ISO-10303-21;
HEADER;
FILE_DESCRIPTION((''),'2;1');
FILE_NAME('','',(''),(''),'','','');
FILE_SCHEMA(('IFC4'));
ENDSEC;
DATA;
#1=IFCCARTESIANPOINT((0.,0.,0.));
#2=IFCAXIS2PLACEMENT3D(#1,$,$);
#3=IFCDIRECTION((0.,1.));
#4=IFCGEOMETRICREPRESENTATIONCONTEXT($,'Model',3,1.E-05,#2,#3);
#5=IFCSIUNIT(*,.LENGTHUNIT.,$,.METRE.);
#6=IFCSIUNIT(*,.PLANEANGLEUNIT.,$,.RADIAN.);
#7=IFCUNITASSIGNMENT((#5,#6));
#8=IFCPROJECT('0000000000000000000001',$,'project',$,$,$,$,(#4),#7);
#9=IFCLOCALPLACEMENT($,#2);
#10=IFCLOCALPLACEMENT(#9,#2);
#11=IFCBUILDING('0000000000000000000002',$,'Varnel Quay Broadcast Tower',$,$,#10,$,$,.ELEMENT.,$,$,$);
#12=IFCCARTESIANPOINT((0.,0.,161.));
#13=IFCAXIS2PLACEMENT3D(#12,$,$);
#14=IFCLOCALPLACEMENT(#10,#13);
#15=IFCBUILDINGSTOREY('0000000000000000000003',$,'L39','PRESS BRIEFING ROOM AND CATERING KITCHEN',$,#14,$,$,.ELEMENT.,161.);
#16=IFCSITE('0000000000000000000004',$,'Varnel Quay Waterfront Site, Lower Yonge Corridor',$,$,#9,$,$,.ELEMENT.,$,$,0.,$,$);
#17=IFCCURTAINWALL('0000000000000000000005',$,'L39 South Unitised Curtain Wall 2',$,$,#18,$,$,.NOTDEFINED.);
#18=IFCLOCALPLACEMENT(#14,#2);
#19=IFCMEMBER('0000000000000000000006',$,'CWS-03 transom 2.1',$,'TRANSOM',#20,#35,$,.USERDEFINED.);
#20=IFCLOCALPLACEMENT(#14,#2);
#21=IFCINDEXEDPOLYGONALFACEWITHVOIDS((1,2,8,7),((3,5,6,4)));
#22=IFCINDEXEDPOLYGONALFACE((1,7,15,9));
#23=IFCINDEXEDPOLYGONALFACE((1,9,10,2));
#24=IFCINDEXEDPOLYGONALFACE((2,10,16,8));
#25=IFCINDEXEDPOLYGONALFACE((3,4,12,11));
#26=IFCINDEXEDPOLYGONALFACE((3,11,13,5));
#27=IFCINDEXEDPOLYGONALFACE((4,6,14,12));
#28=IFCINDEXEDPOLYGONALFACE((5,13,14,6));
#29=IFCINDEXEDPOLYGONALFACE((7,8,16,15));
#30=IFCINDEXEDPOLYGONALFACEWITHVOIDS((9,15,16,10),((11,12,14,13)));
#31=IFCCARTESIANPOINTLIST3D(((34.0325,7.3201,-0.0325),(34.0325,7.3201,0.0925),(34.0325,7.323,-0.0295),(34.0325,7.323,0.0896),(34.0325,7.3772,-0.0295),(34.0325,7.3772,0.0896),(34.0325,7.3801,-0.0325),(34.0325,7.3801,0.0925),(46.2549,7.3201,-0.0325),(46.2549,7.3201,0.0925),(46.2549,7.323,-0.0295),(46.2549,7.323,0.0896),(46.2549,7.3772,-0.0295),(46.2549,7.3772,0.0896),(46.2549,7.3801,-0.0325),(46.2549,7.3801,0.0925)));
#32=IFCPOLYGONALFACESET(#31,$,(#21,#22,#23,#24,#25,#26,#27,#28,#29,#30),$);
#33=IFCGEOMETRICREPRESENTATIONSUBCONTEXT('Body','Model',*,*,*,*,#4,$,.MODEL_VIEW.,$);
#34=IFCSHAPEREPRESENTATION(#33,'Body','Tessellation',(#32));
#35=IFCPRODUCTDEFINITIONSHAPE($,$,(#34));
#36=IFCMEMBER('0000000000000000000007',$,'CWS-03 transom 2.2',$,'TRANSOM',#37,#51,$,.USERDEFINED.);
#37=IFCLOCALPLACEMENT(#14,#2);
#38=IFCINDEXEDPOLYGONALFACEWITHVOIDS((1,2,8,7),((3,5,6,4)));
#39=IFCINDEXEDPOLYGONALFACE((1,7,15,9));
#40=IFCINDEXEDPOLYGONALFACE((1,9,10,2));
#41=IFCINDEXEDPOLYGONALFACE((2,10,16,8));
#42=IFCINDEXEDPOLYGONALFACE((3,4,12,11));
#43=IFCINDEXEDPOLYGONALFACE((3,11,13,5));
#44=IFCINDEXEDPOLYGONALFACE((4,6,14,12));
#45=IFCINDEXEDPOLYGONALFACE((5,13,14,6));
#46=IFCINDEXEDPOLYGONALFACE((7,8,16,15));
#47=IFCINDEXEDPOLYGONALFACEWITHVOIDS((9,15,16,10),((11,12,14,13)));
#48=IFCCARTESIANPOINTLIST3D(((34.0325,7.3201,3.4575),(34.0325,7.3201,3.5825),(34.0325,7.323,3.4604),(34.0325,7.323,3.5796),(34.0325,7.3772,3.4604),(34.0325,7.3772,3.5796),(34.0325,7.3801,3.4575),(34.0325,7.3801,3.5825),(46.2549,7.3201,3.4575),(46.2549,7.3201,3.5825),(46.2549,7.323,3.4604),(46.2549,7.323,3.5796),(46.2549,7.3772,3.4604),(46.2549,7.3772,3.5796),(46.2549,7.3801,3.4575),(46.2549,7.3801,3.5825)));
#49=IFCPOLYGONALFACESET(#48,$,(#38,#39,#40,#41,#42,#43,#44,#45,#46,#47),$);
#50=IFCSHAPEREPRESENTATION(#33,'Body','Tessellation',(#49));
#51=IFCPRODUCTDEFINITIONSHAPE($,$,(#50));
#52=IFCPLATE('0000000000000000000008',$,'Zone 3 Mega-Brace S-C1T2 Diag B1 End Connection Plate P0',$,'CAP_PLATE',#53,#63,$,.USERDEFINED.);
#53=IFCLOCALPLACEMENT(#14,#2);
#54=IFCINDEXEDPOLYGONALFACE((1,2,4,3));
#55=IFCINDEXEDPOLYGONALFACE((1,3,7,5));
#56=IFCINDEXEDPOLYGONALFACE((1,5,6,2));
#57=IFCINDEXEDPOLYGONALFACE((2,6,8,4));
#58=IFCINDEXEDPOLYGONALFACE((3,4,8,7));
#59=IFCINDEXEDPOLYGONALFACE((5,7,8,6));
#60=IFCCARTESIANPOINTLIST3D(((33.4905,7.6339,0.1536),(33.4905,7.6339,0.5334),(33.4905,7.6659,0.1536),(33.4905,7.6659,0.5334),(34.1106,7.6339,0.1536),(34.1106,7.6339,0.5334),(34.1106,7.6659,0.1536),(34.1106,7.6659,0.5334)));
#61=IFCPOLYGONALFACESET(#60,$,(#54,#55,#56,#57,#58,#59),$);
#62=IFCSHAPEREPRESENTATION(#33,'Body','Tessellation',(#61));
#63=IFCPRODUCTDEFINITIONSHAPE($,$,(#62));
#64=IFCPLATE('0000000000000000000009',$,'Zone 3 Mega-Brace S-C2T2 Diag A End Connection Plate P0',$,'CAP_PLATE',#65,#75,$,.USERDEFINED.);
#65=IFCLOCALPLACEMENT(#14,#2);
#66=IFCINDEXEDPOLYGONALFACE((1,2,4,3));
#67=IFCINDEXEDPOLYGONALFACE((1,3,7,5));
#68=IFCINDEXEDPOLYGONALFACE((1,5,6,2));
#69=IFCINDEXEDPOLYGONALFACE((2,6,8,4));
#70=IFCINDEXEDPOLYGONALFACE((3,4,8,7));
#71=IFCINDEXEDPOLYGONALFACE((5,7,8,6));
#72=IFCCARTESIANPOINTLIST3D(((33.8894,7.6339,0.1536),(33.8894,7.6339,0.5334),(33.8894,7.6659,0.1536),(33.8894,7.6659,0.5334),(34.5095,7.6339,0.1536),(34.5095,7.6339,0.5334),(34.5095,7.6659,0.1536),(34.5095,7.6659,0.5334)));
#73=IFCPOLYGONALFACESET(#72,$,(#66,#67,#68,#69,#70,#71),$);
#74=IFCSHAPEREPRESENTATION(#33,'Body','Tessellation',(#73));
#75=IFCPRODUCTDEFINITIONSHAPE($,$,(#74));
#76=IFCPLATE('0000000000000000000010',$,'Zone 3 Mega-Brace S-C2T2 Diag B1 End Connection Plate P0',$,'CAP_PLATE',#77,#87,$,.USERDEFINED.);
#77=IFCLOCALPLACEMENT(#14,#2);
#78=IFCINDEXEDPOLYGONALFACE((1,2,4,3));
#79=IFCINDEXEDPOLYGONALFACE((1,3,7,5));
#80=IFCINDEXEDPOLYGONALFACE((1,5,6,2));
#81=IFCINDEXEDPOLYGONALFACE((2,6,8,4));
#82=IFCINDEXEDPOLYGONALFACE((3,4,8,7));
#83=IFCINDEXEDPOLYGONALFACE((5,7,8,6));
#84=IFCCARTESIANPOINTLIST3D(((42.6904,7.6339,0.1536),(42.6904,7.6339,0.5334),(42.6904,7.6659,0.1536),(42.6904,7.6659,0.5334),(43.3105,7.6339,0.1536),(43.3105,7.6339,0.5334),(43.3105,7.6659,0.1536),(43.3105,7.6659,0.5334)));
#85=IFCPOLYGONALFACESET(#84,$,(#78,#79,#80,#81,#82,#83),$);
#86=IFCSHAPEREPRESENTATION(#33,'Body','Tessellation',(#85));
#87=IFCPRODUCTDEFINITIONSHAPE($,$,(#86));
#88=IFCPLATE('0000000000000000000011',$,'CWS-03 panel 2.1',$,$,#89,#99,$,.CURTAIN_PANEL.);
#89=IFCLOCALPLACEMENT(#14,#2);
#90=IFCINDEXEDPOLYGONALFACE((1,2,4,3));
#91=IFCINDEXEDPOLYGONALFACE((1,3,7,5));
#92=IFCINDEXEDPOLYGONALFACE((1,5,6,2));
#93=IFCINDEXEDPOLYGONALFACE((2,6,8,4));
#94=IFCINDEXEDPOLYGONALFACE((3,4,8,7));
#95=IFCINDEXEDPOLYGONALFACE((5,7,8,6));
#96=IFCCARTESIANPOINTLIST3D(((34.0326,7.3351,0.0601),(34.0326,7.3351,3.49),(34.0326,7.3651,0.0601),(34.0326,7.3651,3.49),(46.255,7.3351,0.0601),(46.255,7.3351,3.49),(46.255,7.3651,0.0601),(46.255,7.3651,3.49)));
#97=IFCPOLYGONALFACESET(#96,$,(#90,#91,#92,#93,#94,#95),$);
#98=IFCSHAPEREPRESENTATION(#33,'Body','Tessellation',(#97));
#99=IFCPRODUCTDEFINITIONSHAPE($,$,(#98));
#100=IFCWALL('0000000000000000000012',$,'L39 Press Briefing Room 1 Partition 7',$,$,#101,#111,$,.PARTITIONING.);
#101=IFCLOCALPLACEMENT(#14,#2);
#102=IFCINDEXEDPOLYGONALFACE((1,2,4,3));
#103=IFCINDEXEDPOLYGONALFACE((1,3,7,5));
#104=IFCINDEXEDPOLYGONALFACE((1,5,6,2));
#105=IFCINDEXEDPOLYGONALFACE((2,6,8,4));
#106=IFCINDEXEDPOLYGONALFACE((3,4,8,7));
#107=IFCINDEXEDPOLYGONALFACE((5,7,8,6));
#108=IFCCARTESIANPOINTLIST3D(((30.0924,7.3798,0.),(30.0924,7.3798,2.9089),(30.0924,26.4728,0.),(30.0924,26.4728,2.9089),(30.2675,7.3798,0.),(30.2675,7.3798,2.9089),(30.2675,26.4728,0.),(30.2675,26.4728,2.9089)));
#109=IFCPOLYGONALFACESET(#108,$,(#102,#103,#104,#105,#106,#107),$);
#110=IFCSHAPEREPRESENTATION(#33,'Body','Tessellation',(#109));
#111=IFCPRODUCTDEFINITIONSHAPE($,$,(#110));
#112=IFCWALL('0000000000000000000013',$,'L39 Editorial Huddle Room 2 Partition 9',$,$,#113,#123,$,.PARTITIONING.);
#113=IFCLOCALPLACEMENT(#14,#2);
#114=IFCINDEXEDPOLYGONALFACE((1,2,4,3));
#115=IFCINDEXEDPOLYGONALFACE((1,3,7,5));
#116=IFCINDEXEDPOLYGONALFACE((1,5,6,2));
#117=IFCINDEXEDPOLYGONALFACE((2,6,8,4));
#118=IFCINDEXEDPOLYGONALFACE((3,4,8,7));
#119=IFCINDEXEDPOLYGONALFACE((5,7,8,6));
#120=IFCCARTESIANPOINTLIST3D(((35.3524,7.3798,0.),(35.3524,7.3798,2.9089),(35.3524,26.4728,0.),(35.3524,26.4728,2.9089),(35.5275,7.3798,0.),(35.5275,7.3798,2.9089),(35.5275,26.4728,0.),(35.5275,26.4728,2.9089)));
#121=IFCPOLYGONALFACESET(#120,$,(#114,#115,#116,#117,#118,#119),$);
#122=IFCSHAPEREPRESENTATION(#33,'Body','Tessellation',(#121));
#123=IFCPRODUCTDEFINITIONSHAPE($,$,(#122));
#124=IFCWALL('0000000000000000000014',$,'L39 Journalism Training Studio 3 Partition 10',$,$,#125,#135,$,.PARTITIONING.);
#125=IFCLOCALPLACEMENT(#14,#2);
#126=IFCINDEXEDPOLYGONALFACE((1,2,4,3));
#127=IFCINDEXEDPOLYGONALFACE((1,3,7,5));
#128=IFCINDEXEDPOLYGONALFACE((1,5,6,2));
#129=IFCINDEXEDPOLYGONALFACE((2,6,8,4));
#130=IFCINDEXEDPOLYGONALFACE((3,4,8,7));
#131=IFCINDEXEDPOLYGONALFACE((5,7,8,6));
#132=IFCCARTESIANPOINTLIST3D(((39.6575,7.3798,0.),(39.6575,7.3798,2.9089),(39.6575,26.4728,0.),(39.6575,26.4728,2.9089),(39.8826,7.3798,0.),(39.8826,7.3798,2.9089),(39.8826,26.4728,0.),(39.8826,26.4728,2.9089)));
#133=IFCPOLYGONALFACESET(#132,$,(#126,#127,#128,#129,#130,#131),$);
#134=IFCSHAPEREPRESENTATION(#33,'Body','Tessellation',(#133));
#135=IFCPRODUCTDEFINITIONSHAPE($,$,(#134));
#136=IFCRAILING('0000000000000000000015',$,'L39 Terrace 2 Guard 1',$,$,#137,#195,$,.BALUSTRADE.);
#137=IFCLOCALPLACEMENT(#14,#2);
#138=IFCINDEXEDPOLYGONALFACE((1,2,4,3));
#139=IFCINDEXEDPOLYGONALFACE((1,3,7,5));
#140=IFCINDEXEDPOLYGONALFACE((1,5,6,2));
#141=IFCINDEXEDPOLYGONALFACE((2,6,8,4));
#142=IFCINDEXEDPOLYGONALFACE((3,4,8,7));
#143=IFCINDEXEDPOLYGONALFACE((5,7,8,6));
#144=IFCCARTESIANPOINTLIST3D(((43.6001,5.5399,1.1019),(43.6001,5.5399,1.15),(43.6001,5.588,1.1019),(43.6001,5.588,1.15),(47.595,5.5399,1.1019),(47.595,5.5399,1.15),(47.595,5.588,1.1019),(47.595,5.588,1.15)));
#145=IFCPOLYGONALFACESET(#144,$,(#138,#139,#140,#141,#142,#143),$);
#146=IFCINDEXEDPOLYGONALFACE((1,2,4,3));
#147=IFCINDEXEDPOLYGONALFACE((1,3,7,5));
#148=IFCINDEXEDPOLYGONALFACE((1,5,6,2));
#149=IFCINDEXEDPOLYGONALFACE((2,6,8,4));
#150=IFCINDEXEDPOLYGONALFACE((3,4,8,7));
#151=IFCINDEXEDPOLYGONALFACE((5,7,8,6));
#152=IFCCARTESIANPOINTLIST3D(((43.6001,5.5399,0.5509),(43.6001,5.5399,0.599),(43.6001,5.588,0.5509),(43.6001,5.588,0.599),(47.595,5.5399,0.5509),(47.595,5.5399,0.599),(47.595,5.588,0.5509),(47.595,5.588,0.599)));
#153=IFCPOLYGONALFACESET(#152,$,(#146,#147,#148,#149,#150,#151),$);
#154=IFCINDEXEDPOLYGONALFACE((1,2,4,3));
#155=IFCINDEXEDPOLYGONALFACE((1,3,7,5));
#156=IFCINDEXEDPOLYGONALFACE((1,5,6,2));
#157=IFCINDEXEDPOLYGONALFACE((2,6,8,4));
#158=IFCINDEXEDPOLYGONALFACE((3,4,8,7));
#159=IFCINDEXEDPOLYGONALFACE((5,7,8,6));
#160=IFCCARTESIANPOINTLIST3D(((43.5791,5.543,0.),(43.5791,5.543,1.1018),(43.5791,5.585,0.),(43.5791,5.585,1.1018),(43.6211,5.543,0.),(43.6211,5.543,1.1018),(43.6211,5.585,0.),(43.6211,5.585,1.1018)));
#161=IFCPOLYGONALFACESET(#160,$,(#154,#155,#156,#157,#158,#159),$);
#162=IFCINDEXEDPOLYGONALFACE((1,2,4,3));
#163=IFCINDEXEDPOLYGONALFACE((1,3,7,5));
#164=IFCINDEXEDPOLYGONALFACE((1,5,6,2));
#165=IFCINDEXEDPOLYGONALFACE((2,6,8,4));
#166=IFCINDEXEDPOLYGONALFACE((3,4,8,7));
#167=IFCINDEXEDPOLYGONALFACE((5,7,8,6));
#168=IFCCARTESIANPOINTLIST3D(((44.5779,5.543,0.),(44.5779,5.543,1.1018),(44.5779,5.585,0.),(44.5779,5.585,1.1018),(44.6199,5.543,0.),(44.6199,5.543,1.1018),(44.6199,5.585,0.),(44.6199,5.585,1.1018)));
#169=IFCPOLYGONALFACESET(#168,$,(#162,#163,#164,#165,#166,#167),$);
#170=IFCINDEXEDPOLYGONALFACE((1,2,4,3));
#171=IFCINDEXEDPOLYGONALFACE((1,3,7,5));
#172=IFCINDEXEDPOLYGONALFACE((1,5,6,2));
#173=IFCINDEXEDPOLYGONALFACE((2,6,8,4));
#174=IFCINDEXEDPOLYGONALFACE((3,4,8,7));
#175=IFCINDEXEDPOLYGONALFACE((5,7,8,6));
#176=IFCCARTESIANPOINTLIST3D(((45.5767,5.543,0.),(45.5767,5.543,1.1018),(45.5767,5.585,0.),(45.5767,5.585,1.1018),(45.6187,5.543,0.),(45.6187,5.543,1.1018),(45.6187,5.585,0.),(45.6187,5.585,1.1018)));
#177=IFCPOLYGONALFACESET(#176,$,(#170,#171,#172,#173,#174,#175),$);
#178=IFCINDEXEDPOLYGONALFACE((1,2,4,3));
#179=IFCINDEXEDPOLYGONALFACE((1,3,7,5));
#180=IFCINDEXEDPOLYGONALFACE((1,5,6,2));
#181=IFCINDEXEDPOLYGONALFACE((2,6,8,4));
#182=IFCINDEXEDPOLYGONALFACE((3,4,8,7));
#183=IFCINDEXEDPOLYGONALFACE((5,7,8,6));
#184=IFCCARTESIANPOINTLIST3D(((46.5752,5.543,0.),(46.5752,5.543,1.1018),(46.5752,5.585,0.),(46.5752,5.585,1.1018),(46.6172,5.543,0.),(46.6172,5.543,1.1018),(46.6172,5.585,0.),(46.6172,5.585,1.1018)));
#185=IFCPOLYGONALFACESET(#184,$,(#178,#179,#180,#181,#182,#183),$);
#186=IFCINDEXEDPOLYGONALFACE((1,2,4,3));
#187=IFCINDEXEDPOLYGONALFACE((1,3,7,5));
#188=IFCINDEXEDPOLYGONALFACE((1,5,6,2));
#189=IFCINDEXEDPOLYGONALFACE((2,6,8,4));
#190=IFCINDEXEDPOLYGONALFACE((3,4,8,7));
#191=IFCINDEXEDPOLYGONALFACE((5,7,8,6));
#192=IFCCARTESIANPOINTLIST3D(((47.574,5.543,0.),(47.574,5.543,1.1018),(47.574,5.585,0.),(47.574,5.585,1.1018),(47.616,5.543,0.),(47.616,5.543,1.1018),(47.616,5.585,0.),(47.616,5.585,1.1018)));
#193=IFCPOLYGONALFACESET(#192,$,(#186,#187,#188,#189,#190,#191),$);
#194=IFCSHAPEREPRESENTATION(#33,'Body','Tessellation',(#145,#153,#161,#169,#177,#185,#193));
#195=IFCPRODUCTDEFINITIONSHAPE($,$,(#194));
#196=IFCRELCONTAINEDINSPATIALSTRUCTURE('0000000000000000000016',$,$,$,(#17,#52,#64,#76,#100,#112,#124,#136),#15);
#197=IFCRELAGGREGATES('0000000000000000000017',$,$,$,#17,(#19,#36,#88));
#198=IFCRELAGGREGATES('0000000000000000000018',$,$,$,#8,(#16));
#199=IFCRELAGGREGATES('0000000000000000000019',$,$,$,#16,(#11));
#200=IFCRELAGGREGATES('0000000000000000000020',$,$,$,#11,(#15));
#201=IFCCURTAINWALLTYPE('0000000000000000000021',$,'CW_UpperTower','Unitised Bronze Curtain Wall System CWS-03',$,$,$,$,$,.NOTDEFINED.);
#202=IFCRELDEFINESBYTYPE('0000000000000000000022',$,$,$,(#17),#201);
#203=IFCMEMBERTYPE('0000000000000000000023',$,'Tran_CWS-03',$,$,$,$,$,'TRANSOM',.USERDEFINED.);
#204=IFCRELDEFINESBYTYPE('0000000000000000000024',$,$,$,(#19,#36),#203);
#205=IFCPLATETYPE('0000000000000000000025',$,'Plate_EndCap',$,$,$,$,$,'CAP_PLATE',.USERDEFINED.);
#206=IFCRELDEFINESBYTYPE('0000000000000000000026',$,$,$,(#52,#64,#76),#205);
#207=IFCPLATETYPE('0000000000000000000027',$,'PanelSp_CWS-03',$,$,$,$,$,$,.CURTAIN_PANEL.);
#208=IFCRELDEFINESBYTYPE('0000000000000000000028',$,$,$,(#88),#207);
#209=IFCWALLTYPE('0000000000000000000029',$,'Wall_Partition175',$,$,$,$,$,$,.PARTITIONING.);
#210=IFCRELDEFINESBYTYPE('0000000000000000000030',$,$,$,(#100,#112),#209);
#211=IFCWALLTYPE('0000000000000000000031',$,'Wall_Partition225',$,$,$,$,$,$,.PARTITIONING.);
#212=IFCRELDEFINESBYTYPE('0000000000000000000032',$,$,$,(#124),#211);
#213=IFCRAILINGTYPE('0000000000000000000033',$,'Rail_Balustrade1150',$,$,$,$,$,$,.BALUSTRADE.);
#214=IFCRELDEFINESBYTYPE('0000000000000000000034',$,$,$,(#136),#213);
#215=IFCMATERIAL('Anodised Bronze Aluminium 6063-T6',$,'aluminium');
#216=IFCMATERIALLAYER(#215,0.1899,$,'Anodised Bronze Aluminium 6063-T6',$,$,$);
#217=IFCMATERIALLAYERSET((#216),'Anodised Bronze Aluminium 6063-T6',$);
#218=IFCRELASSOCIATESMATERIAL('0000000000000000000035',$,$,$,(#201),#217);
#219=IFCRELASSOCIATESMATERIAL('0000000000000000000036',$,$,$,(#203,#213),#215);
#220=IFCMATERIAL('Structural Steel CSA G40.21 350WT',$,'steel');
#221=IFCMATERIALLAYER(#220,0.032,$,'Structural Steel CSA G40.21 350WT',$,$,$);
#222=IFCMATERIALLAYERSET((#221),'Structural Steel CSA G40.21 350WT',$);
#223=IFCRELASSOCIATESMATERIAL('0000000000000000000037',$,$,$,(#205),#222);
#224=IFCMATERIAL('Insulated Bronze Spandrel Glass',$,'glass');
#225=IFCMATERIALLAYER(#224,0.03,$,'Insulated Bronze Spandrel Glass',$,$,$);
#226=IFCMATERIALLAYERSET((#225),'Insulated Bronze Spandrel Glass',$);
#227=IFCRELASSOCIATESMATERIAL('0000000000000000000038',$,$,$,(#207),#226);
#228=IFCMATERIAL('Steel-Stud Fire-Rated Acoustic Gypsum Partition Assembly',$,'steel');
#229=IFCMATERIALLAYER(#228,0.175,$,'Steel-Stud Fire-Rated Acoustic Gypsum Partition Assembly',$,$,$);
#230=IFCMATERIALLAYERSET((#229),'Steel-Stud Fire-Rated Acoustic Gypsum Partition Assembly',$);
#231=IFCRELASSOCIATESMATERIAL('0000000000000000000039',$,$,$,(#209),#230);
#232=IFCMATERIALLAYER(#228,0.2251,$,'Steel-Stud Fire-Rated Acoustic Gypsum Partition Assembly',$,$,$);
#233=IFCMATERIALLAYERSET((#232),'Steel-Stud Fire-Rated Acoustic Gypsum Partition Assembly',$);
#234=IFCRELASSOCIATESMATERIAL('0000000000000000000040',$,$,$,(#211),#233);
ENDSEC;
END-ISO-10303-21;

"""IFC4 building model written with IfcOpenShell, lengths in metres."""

from ifc_helpers import new_model, si_unit, direction, frame, frame_2d, origin, origin_2d, place, context, subcontext, project, spatial, rectangle, hollow_rectangle, extrude, source, transform, mapped, material, layer, layer_set, material_profile, profile_set, type_object, type_shapes, element, aggregate, save


model = new_model("IFC4")

# Units and contexts
model_context = context("Model", 3, precision=1e-05, world=origin(), true_north=direction((0.0, 1.0)))
body_context = subcontext(model_context, "Body", "Model", "MODEL_VIEW")
ifc_project = project(units=[si_unit("LENGTHUNIT", "METRE"), si_unit("PLANEANGLEUNIT", "RADIAN")], contexts=[model_context])

# Site, building, storey
site_placement = place(None, origin())
site = spatial("IfcSite", under=ifc_project, at=site_placement, Name="Varnel Quay Waterfront Site, Lower Yonge Corridor", CompositionType="ELEMENT", RefElevation=0.0)
building_placement = place(site_placement, origin())
building = spatial("IfcBuilding", under=site, at=building_placement, Name="Varnel Quay Broadcast Tower", CompositionType="ELEMENT")
storey_placement = place(building_placement, frame((0.0, 0.0, 161.0)))
storey = spatial("IfcBuildingStorey", under=building, at=storey_placement, Name="L39", Description="PRESS BRIEFING ROOM AND CATERING KITCHEN", CompositionType="ELEMENT", Elevation=161.0)

# Shared definitions
ifc_material_1 = material(Name="Structural Steel CSA G40.21 350WT", Category="steel")

# Curtain wall, members
ifc_material_2 = material(Name="Anodised Bronze Aluminium 6063-T6", Category="aluminium")
ifc_layer_1 = layer(ifc_material_2, 0.1899, Name="Anodised Bronze Aluminium 6063-T6")
ifc_layer_set_1 = layer_set([ifc_layer_1], Name="Anodised Bronze Aluminium 6063-T6")
curtain_wall_type = type_object("IfcCurtainWallType", Name="CW_UpperTower", Description="Unitised Bronze Curtain Wall System CWS-03", PredefinedType="NOTDEFINED", material=ifc_layer_set_1)
curtain_wall_placement = place(storey_placement, origin())
curtain_wall = element("IfcCurtainWall", 1, at=curtain_wall_placement, inside=storey, type_object=curtain_wall_type, Name="L39 South Unitised Curtain Wall 2", PredefinedType="NOTDEFINED")
ifc_material_profile_1 = material_profile(ifc_material_2, hollow_rectangle(XDim=0.0601, YDim=0.125, WallThickness=0.0029, at=origin_2d()), Name="ALU60X125X3")
ifc_profile_set_1 = profile_set([ifc_material_profile_1], Name="Anodised Bronze Aluminium 6063-T6")
member_type_1 = type_object("IfcMemberType", Name="Tran_CWS-03", ElementType="TRANSOM", PredefinedType="USERDEFINED", material=ifc_profile_set_1)
shared_shape_1 = source(origin(), body_context, "Body", "SweptSolid", [
    extrude(hollow_rectangle(XDim=0.0601, YDim=0.125, WallThickness=0.0029, at=origin_2d()), origin(), (0.0, 0.0, 1.0), 12.2224),
])
type_shapes(member_type_1, [shared_shape_1])
member_1_placement = place(storey_placement, frame((34.0325, 7.3501, 0.03), z_axis=(1.0, 0.0, 0.0), x_axis=(0.0, 1.0, 0.0)))
member_1 = element("IfcMember", 2, at=member_1_placement, type_object=member_type_1, Name="CWS-03 transom 2.1", ObjectType="TRANSOM", PredefinedType="USERDEFINED", context=body_context, shape_type="MappedRepresentation", body=[
    mapped(shared_shape_1, transform((0.0, 0.0, 0.0), x_axis=(1.0, 0.0, 0.0), y_axis=(0.0, 1.0, 0.0), z_axis=(0.0, 0.0, 1.0), scale=1.0)),
])
member_2_placement = place(storey_placement, frame((34.0325, 7.3501, 3.52), z_axis=(1.0, 0.0, 0.0), x_axis=(0.0, 1.0, 0.0)))
member_2 = element("IfcMember", 3, at=member_2_placement, type_object=member_type_1, Name="CWS-03 transom 2.2", ObjectType="TRANSOM", PredefinedType="USERDEFINED", context=body_context, shape_type="MappedRepresentation", body=[
    mapped(shared_shape_1, transform((0.0, 0.0, 0.0), x_axis=(1.0, 0.0, 0.0), y_axis=(0.0, 1.0, 0.0), z_axis=(0.0, 0.0, 1.0), scale=1.0)),
])

# Plates
ifc_layer_2 = layer(ifc_material_1, 0.032, Name="Structural Steel CSA G40.21 350WT")
ifc_layer_set_2 = layer_set([ifc_layer_2], Name="Structural Steel CSA G40.21 350WT")
plate_type_1 = type_object("IfcPlateType", Name="Plate_EndCap", ElementType="CAP_PLATE", PredefinedType="USERDEFINED", material=ifc_layer_set_2)
shared_shape_2 = source(origin(), body_context, "Body", "SweptSolid", [
    extrude(rectangle(XDim=0.6201, YDim=0.032, at=origin_2d()), origin(), (0.0, 0.0, 1.0), 0.3799),
])
type_shapes(plate_type_1, [shared_shape_2])
for number, where, z_axis, x_axis, name in (
    (4, (33.8005, 7.6499, 0.1536), (0.0, 0.0, 1.0), (1.0, 0.0, 0.0), "Zone 3 Mega-Brace S-C1T2 Diag B1 End Connection Plate P0"),
    (5, (34.1995, 7.6499, 0.1536), (0.0, 0.0, 1.0), (1.0, 0.0, 0.0), "Zone 3 Mega-Brace S-C2T2 Diag A End Connection Plate P0"),
    (6, (43.0005, 7.6499, 0.1536), (0.0, 0.0, 1.0), (1.0, 0.0, 0.0), "Zone 3 Mega-Brace S-C2T2 Diag B1 End Connection Plate P0"),
):
    element("IfcPlate", number, at=place(storey_placement, frame(where, z_axis=z_axis, x_axis=x_axis)), inside=storey, type_object=plate_type_1, Name=name, ObjectType="CAP_PLATE", PredefinedType="USERDEFINED", context=body_context, shape_type="MappedRepresentation", body=[
        mapped(shared_shape_2, transform((0.0, 0.0, 0.0), x_axis=(1.0, 0.0, 0.0), y_axis=(0.0, 1.0, 0.0), z_axis=(0.0, 0.0, 1.0), scale=1.0)),
    ])

# Plate
ifc_material_3 = material(Name="Insulated Bronze Spandrel Glass", Category="glass")
ifc_layer_3 = layer(ifc_material_3, 0.03, Name="Insulated Bronze Spandrel Glass")
ifc_layer_set_3 = layer_set([ifc_layer_3], Name="Insulated Bronze Spandrel Glass")
plate_type_2 = type_object("IfcPlateType", Name="PanelSp_CWS-03", PredefinedType="CURTAIN_PANEL", material=ifc_layer_set_3)
shared_shape_3 = source(origin(), body_context, "Body", "SweptSolid", [
    extrude(rectangle(XDim=12.2224, YDim=0.03, at=origin_2d()), origin(), (0.0, 0.0, 1.0), 3.4299),
])
type_shapes(plate_type_2, [shared_shape_3])
plate_placement = place(storey_placement, frame((40.1438, 7.3501, 0.0601), z_axis=(0.0, 0.0, 1.0), x_axis=(1.0, 0.0, 0.0)))
plate = element("IfcPlate", 7, at=plate_placement, type_object=plate_type_2, Name="CWS-03 panel 2.1", PredefinedType="CURTAIN_PANEL", context=body_context, shape_type="MappedRepresentation", body=[
    mapped(shared_shape_3, transform((0.0, 0.0, 0.0), x_axis=(1.0, 0.0, 0.0), y_axis=(0.0, 1.0, 0.0), z_axis=(0.0, 0.0, 1.0), scale=1.0)),
])
aggregate(curtain_wall, [member_1, member_2, plate])

# Walls
ifc_material_4 = material(Name="Steel-Stud Fire-Rated Acoustic Gypsum Partition Assembly", Category="steel")
ifc_layer_4 = layer(ifc_material_4, 0.175, Name="Steel-Stud Fire-Rated Acoustic Gypsum Partition Assembly")
ifc_layer_set_4 = layer_set([ifc_layer_4], Name="Steel-Stud Fire-Rated Acoustic Gypsum Partition Assembly")
wall_type_1 = type_object("IfcWallType", Name="Wall_Partition175", PredefinedType="PARTITIONING", material=ifc_layer_set_4)
for number, where, z_axis, x_axis, name in (
    (8, (30.1799, 7.3799, 0.0), (0.0, 0.0, 1.0), (0.0, 1.0, 0.0), "L39 Press Briefing Room 1 Partition 7"),
    (9, (35.4399, 7.3799, 0.0), (0.0, 0.0, 1.0), (0.0, 1.0, 0.0), "L39 Editorial Huddle Room 2 Partition 9"),
):
    element("IfcWall", number, at=place(storey_placement, frame(where, z_axis=z_axis, x_axis=x_axis)), inside=storey, type_object=wall_type_1, Name=name, PredefinedType="PARTITIONING", context=body_context, shape_type="SweptSolid", body=[
        extrude(rectangle(XDim=19.093, YDim=0.175, at=frame_2d((9.5464, 0.0))), origin(), (0.0, 0.0, 1.0), 2.9089),
    ])
ifc_layer_5 = layer(ifc_material_4, 0.2251, Name="Steel-Stud Fire-Rated Acoustic Gypsum Partition Assembly")
ifc_layer_set_5 = layer_set([ifc_layer_5], Name="Steel-Stud Fire-Rated Acoustic Gypsum Partition Assembly")
wall_type_2 = type_object("IfcWallType", Name="Wall_Partition225", PredefinedType="PARTITIONING", material=ifc_layer_set_5)
wall_1_placement = place(storey_placement, frame((39.77, 7.3799, 0.0), z_axis=(0.0, 0.0, 1.0), x_axis=(0.0, 1.0, 0.0)))
element("IfcWall", 10, at=wall_1_placement, inside=storey, type_object=wall_type_2, Name="L39 Journalism Training Studio 3 Partition 10", PredefinedType="PARTITIONING", context=body_context, shape_type="SweptSolid", body=[
    extrude(rectangle(XDim=19.093, YDim=0.2251, at=frame_2d((9.5464, 0.0))), origin(), (0.0, 0.0, 1.0), 2.9089),
])

# Railing
railing_type = type_object("IfcRailingType", Name="Rail_Balustrade1150", PredefinedType="BALUSTRADE", material=ifc_material_2)
railing_1_placement = place(storey_placement, frame((43.6001, 5.564, 0.0)))
element("IfcRailing", 11, at=railing_1_placement, inside=storey, type_object=railing_type, Name="L39 Terrace 2 Guard 1", PredefinedType="BALUSTRADE", context=body_context, shape_type="SweptSolid", body=[
    extrude(rectangle(XDim=0.0481, YDim=0.0481, at=origin_2d()), frame((0.0, 0.0, 1.126), z_axis=(1.0, 0.0, 0.0), x_axis=(0.0, 1.0, 0.0)), (0.0, 0.0, 1.0), 3.9949),
    extrude(rectangle(XDim=0.0481, YDim=0.0481, at=origin_2d()), frame((0.0, 0.0, 0.575), z_axis=(1.0, 0.0, 0.0), x_axis=(0.0, 1.0, 0.0)), (0.0, 0.0, 1.0), 3.9949),
    extrude(rectangle(XDim=0.042, YDim=0.042, at=origin_2d()), origin(), (0.0, 0.0, 1.0), 1.1018),
    extrude(rectangle(XDim=0.042, YDim=0.042, at=origin_2d()), frame((0.9988, 0.0, 0.0)), (0.0, 0.0, 1.0), 1.1018),
    extrude(rectangle(XDim=0.042, YDim=0.042, at=origin_2d()), frame((1.9976, 0.0, 0.0)), (0.0, 0.0, 1.0), 1.1018),
    extrude(rectangle(XDim=0.042, YDim=0.042, at=origin_2d()), frame((2.9961, 0.0, 0.0)), (0.0, 0.0, 1.0), 1.1018),
    extrude(rectangle(XDim=0.042, YDim=0.042, at=origin_2d()), frame((3.9949, 0.0, 0.0)), (0.0, 0.0, 1.0), 1.1018),
])

save(model, "model.ifc")
